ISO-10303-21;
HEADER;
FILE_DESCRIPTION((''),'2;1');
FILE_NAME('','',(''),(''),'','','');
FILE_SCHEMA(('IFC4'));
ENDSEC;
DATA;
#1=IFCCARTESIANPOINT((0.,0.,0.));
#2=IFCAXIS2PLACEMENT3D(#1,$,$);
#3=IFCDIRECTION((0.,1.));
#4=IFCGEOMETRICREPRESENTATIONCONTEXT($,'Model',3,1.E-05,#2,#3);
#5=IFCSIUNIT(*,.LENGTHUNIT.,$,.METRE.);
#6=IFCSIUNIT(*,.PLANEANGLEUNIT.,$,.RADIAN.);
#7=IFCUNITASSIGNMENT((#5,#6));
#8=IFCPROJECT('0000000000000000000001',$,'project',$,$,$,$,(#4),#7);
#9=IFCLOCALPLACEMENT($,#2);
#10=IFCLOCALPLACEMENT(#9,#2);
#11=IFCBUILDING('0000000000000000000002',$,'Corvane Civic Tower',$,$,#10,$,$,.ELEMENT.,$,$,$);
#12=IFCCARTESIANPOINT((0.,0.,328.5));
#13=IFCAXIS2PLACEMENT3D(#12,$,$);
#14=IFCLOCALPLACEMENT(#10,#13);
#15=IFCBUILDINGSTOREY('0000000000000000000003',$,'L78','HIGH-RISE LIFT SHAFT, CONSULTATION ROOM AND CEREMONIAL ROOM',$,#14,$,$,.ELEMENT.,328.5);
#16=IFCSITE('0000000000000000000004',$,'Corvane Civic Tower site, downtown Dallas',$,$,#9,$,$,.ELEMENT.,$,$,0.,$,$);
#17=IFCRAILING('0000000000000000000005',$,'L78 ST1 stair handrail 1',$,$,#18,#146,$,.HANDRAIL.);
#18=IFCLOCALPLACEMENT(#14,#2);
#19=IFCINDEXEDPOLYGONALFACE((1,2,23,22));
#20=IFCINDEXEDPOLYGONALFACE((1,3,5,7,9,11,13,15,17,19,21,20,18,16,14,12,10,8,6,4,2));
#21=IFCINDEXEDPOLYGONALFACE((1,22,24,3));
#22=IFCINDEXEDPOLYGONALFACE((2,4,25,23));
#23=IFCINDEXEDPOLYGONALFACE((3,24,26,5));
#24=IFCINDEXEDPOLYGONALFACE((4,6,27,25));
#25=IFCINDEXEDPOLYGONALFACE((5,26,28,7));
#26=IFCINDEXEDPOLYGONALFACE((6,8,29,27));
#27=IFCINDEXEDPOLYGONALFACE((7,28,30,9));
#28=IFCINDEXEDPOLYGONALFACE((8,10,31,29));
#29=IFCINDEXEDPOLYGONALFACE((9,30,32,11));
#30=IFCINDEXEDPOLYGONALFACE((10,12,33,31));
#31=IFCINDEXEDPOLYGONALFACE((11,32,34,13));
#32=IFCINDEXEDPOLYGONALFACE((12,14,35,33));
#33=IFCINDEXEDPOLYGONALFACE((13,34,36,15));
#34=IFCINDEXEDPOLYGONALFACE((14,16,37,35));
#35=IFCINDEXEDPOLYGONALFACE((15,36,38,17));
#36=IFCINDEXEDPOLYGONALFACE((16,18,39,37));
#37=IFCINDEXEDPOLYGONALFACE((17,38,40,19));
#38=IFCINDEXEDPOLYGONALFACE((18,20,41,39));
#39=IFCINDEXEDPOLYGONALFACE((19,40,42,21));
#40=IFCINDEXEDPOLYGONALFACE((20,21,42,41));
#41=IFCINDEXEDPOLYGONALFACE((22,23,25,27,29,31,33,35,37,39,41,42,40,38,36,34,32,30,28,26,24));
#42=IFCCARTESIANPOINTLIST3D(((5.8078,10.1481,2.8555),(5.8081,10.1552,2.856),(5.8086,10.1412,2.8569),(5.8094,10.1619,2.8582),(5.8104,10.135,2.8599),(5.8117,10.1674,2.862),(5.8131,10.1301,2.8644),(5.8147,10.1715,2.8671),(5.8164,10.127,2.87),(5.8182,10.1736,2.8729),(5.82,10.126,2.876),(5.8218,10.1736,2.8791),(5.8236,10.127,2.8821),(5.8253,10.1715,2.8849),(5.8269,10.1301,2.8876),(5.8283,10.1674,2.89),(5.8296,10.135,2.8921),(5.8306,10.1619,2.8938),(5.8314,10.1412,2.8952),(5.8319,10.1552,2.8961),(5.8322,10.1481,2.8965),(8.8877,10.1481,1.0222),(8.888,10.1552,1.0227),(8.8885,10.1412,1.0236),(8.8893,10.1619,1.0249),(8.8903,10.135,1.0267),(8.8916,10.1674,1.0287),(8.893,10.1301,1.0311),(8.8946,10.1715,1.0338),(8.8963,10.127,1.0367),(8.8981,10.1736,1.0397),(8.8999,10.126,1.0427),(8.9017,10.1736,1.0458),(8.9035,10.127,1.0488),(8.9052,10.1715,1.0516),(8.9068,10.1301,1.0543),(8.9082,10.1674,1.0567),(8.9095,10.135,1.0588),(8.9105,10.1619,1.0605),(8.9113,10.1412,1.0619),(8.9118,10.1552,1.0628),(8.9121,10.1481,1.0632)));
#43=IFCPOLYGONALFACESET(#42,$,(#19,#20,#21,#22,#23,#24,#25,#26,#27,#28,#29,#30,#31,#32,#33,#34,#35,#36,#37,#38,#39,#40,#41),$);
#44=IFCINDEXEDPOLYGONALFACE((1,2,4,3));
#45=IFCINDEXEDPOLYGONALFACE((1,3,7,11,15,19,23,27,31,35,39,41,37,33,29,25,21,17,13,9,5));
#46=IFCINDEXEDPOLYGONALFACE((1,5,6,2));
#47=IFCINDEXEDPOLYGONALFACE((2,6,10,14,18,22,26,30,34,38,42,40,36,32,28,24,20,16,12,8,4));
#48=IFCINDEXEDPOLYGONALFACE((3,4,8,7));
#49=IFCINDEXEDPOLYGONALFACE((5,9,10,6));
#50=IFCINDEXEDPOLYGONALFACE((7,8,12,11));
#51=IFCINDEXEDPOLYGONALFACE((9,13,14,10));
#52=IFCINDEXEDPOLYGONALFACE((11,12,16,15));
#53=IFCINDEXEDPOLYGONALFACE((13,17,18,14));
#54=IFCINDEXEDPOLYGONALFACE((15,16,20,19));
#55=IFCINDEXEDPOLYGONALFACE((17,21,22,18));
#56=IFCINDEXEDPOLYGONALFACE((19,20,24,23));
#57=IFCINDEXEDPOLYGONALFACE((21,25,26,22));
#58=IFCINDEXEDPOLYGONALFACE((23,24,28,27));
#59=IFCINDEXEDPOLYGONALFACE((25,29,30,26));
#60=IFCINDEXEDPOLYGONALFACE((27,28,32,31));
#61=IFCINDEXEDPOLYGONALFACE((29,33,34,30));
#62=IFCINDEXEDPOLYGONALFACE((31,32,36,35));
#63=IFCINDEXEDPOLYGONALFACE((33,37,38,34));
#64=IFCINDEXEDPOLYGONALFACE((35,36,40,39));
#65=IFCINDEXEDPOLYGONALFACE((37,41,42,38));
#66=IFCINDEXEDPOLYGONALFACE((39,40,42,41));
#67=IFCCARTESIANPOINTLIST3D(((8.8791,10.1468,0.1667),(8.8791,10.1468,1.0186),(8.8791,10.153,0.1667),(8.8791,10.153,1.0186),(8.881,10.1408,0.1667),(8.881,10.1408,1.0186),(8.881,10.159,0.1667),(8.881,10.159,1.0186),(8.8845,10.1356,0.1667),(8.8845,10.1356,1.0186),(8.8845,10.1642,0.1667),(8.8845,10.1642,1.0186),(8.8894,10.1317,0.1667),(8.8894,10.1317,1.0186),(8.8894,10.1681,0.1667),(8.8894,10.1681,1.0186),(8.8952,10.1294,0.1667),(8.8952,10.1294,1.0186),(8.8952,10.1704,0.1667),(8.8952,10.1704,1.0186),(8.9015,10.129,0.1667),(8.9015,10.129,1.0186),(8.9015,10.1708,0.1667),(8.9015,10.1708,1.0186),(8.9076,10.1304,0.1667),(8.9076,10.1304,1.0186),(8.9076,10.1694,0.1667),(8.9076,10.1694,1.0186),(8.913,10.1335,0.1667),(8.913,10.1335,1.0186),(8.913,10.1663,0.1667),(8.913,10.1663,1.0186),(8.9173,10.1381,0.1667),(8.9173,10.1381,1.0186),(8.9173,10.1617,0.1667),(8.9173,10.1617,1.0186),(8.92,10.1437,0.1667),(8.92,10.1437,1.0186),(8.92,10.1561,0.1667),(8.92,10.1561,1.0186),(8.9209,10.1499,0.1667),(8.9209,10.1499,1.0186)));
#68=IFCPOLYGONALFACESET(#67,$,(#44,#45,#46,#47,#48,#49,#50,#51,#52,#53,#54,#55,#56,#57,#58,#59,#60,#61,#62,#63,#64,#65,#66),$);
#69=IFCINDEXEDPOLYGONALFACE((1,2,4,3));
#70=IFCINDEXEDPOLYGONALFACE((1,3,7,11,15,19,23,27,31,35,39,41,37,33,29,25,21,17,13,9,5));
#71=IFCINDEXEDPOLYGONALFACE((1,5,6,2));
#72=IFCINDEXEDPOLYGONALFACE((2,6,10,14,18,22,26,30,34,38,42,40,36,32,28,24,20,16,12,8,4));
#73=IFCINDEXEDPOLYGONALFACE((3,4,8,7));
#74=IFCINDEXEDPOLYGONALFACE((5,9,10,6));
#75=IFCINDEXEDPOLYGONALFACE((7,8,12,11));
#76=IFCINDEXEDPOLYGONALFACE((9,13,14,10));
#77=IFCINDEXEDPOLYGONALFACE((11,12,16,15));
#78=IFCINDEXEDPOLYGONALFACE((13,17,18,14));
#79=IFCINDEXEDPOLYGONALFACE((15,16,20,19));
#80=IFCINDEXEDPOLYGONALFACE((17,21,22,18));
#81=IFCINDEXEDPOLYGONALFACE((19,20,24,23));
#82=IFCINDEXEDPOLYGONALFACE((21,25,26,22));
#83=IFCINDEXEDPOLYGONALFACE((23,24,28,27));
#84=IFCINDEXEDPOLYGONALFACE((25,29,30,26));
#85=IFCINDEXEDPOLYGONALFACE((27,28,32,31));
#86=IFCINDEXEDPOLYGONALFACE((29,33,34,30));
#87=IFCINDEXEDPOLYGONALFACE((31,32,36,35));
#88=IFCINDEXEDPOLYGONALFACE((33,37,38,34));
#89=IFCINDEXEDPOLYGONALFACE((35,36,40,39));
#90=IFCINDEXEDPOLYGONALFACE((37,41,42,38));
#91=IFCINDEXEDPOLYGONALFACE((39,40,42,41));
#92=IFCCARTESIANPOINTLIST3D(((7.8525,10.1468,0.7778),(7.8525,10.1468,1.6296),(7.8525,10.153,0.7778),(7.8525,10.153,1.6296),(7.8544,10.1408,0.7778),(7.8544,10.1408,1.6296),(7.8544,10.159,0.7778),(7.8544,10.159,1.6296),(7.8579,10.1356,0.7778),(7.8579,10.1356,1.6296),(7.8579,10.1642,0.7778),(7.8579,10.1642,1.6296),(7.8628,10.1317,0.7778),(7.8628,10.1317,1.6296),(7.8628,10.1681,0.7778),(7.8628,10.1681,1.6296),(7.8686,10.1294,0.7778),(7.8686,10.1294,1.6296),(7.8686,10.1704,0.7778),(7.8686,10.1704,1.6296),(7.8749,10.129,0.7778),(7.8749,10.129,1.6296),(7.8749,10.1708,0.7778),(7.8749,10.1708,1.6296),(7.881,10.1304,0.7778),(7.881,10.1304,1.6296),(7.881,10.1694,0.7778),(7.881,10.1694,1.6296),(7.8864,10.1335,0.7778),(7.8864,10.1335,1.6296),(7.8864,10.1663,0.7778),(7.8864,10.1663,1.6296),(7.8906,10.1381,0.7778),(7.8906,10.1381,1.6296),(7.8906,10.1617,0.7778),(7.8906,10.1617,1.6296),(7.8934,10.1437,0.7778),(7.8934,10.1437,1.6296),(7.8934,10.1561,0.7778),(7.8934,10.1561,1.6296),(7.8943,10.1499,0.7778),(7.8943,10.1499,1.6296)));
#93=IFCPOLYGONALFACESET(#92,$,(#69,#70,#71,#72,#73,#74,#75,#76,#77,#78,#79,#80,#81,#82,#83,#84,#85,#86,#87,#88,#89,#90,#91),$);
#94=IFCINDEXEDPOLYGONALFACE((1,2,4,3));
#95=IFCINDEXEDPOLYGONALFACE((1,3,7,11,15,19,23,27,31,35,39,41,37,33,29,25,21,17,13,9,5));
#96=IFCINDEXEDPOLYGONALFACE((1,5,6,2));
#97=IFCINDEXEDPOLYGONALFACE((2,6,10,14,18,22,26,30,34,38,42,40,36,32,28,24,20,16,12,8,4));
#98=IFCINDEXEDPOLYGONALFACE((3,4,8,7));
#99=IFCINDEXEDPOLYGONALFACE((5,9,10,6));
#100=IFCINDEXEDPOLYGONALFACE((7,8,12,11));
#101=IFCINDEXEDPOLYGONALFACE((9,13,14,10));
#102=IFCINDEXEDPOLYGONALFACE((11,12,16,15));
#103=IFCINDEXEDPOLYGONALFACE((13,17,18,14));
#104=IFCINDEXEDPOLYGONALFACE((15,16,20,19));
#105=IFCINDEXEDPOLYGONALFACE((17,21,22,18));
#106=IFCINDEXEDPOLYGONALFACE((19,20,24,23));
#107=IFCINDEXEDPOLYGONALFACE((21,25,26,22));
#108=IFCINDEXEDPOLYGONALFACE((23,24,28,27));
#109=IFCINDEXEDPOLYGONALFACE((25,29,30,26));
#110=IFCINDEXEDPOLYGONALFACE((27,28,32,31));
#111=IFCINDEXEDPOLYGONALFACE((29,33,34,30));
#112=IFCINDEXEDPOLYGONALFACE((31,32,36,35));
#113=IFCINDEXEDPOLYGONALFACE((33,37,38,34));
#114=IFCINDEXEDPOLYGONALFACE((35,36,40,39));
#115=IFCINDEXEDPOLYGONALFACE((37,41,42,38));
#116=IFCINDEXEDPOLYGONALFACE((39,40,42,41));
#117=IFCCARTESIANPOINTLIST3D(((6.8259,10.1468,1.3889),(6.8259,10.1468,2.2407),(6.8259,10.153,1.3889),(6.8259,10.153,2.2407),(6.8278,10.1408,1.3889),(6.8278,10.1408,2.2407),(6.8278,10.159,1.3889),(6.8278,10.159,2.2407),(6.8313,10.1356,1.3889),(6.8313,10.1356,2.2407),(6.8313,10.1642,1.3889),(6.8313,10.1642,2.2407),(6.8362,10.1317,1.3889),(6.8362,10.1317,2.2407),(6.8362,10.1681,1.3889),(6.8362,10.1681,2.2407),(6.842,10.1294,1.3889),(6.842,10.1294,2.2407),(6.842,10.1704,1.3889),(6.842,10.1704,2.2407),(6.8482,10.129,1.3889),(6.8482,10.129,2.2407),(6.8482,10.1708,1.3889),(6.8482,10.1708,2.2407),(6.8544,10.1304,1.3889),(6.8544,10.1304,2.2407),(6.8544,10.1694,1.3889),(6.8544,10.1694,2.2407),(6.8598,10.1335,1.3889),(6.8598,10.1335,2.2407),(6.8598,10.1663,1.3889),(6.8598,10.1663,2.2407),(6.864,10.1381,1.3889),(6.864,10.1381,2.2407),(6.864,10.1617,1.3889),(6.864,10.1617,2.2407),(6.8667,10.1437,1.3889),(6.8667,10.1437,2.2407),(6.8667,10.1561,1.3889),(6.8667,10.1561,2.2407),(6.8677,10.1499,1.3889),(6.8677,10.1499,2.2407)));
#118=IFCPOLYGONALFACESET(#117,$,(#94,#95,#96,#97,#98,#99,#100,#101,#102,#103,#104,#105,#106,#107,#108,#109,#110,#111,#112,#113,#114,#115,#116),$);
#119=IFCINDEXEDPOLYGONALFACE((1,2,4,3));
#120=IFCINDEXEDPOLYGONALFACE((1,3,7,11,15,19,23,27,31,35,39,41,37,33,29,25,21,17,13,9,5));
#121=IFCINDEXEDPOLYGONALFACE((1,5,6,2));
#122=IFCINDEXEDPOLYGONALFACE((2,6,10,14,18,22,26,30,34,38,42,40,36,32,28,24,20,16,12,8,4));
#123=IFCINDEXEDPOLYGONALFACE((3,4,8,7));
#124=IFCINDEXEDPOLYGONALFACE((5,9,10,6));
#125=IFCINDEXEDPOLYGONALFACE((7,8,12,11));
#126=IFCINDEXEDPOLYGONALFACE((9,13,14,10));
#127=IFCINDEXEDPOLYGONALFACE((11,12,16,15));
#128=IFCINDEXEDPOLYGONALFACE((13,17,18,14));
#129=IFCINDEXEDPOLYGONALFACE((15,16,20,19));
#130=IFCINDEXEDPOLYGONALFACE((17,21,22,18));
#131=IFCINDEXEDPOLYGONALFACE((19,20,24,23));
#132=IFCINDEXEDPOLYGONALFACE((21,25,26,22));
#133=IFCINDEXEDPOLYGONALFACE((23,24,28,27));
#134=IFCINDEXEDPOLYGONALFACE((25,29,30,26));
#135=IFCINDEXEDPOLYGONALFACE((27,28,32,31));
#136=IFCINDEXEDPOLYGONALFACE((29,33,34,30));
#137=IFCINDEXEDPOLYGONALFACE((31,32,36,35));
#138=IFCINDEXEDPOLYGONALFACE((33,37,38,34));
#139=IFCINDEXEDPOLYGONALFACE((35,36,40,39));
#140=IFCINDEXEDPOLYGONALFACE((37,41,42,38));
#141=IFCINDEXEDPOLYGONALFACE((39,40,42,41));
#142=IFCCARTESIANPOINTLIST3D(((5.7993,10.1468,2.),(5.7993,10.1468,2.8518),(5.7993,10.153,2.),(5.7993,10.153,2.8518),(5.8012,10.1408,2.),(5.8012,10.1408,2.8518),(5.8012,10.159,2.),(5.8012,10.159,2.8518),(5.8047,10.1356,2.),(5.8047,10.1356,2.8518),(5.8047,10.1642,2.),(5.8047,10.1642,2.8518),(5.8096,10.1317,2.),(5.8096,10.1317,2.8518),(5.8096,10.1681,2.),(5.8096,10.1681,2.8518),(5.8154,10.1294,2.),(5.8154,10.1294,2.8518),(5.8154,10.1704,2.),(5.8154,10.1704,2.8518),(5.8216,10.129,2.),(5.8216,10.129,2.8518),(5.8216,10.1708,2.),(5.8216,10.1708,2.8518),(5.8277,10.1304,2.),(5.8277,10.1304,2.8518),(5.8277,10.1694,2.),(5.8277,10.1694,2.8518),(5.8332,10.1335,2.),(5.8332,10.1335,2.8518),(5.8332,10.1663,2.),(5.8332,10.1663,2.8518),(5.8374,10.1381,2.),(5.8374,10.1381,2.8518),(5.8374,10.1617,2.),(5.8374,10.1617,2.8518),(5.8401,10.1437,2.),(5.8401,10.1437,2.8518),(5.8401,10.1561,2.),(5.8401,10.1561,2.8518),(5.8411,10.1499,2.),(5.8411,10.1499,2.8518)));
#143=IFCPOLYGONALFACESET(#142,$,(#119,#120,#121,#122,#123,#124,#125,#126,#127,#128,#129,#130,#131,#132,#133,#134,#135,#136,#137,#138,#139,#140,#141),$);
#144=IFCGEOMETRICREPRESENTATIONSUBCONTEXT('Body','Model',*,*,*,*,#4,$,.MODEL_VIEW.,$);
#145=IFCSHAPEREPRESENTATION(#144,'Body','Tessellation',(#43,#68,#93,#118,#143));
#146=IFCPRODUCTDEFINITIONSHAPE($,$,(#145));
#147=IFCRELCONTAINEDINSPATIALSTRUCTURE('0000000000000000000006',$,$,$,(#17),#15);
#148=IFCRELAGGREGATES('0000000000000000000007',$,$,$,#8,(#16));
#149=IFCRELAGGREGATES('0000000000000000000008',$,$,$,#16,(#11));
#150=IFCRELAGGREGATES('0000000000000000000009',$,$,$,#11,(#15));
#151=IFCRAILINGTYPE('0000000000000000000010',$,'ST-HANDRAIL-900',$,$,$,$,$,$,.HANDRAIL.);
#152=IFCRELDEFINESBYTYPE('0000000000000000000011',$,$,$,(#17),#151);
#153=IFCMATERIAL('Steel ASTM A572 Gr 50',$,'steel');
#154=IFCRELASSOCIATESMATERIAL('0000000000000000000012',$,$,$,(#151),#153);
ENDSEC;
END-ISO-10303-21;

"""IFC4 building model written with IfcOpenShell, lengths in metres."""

from ifc_helpers import new_model, si_unit, direction, frame, origin, origin_2d, place, context, subcontext, project, spatial, circle, extrude, material, type_object, element, save


model = new_model("IFC4")

# Units and contexts
model_context = context("Model", 3, precision=1e-05, world=origin(), true_north=direction((0.0, 1.0)))
body_context = subcontext(model_context, "Body", "Model", "MODEL_VIEW")
ifc_project = project(units=[si_unit("LENGTHUNIT", "METRE"), si_unit("PLANEANGLEUNIT", "RADIAN")], contexts=[model_context])

# Site, building, storey
site_placement = place(None, origin())
site = spatial("IfcSite", under=ifc_project, at=site_placement, Name="Corvane Civic Tower site, downtown Dallas", CompositionType="ELEMENT", RefElevation=0.0)
building_placement = place(site_placement, origin())
building = spatial("IfcBuilding", under=site, at=building_placement, Name="Corvane Civic Tower", CompositionType="ELEMENT")
storey_placement = place(building_placement, frame((0.0, 0.0, 328.5)))
storey = spatial("IfcBuildingStorey", under=building, at=storey_placement, Name="L78", Description="HIGH-RISE LIFT SHAFT, CONSULTATION ROOM AND CEREMONIAL ROOM", CompositionType="ELEMENT", Elevation=328.5)

# Railing
ifc_material_1 = material(Name="Steel ASTM A572 Gr 50", Category="steel")
railing_type = type_object("IfcRailingType", Name="ST-HANDRAIL-900", PredefinedType="HANDRAIL", material=ifc_material_1)
railing_placement = place(storey_placement, frame((8.8999, 10.1499, 0.1667)))
element("IfcRailing", 1, at=railing_placement, inside=storey, type_object=railing_type, Name="L78 ST1 stair handrail 1", PredefinedType="HANDRAIL", context=body_context, shape_type="SweptSolid", body=[
    extrude(circle(Radius=0.0239, at=origin_2d()), frame((0.0, 0.0, 0.876), z_axis=(-0.859291, 0.0, 0.511487), x_axis=(0.0, -1.0, 0.0)), (0.0, 0.0, 1.0), 3.5842),
    extrude(circle(Radius=0.021, at=origin_2d()), origin(), (0.0, 0.0, 1.0), 0.8518),
    extrude(circle(Radius=0.021, at=origin_2d()), frame((-1.0266, 0.0, 0.6111)), (0.0, 0.0, 1.0), 0.8518),
    extrude(circle(Radius=0.021, at=origin_2d()), frame((-2.0532, 0.0, 1.2222)), (0.0, 0.0, 1.0), 0.8518),
    extrude(circle(Radius=0.021, at=origin_2d()), frame((-3.0798, 0.0, 1.8333)), (0.0, 0.0, 1.0), 0.8518),
])

save(model, "model.ifc")
